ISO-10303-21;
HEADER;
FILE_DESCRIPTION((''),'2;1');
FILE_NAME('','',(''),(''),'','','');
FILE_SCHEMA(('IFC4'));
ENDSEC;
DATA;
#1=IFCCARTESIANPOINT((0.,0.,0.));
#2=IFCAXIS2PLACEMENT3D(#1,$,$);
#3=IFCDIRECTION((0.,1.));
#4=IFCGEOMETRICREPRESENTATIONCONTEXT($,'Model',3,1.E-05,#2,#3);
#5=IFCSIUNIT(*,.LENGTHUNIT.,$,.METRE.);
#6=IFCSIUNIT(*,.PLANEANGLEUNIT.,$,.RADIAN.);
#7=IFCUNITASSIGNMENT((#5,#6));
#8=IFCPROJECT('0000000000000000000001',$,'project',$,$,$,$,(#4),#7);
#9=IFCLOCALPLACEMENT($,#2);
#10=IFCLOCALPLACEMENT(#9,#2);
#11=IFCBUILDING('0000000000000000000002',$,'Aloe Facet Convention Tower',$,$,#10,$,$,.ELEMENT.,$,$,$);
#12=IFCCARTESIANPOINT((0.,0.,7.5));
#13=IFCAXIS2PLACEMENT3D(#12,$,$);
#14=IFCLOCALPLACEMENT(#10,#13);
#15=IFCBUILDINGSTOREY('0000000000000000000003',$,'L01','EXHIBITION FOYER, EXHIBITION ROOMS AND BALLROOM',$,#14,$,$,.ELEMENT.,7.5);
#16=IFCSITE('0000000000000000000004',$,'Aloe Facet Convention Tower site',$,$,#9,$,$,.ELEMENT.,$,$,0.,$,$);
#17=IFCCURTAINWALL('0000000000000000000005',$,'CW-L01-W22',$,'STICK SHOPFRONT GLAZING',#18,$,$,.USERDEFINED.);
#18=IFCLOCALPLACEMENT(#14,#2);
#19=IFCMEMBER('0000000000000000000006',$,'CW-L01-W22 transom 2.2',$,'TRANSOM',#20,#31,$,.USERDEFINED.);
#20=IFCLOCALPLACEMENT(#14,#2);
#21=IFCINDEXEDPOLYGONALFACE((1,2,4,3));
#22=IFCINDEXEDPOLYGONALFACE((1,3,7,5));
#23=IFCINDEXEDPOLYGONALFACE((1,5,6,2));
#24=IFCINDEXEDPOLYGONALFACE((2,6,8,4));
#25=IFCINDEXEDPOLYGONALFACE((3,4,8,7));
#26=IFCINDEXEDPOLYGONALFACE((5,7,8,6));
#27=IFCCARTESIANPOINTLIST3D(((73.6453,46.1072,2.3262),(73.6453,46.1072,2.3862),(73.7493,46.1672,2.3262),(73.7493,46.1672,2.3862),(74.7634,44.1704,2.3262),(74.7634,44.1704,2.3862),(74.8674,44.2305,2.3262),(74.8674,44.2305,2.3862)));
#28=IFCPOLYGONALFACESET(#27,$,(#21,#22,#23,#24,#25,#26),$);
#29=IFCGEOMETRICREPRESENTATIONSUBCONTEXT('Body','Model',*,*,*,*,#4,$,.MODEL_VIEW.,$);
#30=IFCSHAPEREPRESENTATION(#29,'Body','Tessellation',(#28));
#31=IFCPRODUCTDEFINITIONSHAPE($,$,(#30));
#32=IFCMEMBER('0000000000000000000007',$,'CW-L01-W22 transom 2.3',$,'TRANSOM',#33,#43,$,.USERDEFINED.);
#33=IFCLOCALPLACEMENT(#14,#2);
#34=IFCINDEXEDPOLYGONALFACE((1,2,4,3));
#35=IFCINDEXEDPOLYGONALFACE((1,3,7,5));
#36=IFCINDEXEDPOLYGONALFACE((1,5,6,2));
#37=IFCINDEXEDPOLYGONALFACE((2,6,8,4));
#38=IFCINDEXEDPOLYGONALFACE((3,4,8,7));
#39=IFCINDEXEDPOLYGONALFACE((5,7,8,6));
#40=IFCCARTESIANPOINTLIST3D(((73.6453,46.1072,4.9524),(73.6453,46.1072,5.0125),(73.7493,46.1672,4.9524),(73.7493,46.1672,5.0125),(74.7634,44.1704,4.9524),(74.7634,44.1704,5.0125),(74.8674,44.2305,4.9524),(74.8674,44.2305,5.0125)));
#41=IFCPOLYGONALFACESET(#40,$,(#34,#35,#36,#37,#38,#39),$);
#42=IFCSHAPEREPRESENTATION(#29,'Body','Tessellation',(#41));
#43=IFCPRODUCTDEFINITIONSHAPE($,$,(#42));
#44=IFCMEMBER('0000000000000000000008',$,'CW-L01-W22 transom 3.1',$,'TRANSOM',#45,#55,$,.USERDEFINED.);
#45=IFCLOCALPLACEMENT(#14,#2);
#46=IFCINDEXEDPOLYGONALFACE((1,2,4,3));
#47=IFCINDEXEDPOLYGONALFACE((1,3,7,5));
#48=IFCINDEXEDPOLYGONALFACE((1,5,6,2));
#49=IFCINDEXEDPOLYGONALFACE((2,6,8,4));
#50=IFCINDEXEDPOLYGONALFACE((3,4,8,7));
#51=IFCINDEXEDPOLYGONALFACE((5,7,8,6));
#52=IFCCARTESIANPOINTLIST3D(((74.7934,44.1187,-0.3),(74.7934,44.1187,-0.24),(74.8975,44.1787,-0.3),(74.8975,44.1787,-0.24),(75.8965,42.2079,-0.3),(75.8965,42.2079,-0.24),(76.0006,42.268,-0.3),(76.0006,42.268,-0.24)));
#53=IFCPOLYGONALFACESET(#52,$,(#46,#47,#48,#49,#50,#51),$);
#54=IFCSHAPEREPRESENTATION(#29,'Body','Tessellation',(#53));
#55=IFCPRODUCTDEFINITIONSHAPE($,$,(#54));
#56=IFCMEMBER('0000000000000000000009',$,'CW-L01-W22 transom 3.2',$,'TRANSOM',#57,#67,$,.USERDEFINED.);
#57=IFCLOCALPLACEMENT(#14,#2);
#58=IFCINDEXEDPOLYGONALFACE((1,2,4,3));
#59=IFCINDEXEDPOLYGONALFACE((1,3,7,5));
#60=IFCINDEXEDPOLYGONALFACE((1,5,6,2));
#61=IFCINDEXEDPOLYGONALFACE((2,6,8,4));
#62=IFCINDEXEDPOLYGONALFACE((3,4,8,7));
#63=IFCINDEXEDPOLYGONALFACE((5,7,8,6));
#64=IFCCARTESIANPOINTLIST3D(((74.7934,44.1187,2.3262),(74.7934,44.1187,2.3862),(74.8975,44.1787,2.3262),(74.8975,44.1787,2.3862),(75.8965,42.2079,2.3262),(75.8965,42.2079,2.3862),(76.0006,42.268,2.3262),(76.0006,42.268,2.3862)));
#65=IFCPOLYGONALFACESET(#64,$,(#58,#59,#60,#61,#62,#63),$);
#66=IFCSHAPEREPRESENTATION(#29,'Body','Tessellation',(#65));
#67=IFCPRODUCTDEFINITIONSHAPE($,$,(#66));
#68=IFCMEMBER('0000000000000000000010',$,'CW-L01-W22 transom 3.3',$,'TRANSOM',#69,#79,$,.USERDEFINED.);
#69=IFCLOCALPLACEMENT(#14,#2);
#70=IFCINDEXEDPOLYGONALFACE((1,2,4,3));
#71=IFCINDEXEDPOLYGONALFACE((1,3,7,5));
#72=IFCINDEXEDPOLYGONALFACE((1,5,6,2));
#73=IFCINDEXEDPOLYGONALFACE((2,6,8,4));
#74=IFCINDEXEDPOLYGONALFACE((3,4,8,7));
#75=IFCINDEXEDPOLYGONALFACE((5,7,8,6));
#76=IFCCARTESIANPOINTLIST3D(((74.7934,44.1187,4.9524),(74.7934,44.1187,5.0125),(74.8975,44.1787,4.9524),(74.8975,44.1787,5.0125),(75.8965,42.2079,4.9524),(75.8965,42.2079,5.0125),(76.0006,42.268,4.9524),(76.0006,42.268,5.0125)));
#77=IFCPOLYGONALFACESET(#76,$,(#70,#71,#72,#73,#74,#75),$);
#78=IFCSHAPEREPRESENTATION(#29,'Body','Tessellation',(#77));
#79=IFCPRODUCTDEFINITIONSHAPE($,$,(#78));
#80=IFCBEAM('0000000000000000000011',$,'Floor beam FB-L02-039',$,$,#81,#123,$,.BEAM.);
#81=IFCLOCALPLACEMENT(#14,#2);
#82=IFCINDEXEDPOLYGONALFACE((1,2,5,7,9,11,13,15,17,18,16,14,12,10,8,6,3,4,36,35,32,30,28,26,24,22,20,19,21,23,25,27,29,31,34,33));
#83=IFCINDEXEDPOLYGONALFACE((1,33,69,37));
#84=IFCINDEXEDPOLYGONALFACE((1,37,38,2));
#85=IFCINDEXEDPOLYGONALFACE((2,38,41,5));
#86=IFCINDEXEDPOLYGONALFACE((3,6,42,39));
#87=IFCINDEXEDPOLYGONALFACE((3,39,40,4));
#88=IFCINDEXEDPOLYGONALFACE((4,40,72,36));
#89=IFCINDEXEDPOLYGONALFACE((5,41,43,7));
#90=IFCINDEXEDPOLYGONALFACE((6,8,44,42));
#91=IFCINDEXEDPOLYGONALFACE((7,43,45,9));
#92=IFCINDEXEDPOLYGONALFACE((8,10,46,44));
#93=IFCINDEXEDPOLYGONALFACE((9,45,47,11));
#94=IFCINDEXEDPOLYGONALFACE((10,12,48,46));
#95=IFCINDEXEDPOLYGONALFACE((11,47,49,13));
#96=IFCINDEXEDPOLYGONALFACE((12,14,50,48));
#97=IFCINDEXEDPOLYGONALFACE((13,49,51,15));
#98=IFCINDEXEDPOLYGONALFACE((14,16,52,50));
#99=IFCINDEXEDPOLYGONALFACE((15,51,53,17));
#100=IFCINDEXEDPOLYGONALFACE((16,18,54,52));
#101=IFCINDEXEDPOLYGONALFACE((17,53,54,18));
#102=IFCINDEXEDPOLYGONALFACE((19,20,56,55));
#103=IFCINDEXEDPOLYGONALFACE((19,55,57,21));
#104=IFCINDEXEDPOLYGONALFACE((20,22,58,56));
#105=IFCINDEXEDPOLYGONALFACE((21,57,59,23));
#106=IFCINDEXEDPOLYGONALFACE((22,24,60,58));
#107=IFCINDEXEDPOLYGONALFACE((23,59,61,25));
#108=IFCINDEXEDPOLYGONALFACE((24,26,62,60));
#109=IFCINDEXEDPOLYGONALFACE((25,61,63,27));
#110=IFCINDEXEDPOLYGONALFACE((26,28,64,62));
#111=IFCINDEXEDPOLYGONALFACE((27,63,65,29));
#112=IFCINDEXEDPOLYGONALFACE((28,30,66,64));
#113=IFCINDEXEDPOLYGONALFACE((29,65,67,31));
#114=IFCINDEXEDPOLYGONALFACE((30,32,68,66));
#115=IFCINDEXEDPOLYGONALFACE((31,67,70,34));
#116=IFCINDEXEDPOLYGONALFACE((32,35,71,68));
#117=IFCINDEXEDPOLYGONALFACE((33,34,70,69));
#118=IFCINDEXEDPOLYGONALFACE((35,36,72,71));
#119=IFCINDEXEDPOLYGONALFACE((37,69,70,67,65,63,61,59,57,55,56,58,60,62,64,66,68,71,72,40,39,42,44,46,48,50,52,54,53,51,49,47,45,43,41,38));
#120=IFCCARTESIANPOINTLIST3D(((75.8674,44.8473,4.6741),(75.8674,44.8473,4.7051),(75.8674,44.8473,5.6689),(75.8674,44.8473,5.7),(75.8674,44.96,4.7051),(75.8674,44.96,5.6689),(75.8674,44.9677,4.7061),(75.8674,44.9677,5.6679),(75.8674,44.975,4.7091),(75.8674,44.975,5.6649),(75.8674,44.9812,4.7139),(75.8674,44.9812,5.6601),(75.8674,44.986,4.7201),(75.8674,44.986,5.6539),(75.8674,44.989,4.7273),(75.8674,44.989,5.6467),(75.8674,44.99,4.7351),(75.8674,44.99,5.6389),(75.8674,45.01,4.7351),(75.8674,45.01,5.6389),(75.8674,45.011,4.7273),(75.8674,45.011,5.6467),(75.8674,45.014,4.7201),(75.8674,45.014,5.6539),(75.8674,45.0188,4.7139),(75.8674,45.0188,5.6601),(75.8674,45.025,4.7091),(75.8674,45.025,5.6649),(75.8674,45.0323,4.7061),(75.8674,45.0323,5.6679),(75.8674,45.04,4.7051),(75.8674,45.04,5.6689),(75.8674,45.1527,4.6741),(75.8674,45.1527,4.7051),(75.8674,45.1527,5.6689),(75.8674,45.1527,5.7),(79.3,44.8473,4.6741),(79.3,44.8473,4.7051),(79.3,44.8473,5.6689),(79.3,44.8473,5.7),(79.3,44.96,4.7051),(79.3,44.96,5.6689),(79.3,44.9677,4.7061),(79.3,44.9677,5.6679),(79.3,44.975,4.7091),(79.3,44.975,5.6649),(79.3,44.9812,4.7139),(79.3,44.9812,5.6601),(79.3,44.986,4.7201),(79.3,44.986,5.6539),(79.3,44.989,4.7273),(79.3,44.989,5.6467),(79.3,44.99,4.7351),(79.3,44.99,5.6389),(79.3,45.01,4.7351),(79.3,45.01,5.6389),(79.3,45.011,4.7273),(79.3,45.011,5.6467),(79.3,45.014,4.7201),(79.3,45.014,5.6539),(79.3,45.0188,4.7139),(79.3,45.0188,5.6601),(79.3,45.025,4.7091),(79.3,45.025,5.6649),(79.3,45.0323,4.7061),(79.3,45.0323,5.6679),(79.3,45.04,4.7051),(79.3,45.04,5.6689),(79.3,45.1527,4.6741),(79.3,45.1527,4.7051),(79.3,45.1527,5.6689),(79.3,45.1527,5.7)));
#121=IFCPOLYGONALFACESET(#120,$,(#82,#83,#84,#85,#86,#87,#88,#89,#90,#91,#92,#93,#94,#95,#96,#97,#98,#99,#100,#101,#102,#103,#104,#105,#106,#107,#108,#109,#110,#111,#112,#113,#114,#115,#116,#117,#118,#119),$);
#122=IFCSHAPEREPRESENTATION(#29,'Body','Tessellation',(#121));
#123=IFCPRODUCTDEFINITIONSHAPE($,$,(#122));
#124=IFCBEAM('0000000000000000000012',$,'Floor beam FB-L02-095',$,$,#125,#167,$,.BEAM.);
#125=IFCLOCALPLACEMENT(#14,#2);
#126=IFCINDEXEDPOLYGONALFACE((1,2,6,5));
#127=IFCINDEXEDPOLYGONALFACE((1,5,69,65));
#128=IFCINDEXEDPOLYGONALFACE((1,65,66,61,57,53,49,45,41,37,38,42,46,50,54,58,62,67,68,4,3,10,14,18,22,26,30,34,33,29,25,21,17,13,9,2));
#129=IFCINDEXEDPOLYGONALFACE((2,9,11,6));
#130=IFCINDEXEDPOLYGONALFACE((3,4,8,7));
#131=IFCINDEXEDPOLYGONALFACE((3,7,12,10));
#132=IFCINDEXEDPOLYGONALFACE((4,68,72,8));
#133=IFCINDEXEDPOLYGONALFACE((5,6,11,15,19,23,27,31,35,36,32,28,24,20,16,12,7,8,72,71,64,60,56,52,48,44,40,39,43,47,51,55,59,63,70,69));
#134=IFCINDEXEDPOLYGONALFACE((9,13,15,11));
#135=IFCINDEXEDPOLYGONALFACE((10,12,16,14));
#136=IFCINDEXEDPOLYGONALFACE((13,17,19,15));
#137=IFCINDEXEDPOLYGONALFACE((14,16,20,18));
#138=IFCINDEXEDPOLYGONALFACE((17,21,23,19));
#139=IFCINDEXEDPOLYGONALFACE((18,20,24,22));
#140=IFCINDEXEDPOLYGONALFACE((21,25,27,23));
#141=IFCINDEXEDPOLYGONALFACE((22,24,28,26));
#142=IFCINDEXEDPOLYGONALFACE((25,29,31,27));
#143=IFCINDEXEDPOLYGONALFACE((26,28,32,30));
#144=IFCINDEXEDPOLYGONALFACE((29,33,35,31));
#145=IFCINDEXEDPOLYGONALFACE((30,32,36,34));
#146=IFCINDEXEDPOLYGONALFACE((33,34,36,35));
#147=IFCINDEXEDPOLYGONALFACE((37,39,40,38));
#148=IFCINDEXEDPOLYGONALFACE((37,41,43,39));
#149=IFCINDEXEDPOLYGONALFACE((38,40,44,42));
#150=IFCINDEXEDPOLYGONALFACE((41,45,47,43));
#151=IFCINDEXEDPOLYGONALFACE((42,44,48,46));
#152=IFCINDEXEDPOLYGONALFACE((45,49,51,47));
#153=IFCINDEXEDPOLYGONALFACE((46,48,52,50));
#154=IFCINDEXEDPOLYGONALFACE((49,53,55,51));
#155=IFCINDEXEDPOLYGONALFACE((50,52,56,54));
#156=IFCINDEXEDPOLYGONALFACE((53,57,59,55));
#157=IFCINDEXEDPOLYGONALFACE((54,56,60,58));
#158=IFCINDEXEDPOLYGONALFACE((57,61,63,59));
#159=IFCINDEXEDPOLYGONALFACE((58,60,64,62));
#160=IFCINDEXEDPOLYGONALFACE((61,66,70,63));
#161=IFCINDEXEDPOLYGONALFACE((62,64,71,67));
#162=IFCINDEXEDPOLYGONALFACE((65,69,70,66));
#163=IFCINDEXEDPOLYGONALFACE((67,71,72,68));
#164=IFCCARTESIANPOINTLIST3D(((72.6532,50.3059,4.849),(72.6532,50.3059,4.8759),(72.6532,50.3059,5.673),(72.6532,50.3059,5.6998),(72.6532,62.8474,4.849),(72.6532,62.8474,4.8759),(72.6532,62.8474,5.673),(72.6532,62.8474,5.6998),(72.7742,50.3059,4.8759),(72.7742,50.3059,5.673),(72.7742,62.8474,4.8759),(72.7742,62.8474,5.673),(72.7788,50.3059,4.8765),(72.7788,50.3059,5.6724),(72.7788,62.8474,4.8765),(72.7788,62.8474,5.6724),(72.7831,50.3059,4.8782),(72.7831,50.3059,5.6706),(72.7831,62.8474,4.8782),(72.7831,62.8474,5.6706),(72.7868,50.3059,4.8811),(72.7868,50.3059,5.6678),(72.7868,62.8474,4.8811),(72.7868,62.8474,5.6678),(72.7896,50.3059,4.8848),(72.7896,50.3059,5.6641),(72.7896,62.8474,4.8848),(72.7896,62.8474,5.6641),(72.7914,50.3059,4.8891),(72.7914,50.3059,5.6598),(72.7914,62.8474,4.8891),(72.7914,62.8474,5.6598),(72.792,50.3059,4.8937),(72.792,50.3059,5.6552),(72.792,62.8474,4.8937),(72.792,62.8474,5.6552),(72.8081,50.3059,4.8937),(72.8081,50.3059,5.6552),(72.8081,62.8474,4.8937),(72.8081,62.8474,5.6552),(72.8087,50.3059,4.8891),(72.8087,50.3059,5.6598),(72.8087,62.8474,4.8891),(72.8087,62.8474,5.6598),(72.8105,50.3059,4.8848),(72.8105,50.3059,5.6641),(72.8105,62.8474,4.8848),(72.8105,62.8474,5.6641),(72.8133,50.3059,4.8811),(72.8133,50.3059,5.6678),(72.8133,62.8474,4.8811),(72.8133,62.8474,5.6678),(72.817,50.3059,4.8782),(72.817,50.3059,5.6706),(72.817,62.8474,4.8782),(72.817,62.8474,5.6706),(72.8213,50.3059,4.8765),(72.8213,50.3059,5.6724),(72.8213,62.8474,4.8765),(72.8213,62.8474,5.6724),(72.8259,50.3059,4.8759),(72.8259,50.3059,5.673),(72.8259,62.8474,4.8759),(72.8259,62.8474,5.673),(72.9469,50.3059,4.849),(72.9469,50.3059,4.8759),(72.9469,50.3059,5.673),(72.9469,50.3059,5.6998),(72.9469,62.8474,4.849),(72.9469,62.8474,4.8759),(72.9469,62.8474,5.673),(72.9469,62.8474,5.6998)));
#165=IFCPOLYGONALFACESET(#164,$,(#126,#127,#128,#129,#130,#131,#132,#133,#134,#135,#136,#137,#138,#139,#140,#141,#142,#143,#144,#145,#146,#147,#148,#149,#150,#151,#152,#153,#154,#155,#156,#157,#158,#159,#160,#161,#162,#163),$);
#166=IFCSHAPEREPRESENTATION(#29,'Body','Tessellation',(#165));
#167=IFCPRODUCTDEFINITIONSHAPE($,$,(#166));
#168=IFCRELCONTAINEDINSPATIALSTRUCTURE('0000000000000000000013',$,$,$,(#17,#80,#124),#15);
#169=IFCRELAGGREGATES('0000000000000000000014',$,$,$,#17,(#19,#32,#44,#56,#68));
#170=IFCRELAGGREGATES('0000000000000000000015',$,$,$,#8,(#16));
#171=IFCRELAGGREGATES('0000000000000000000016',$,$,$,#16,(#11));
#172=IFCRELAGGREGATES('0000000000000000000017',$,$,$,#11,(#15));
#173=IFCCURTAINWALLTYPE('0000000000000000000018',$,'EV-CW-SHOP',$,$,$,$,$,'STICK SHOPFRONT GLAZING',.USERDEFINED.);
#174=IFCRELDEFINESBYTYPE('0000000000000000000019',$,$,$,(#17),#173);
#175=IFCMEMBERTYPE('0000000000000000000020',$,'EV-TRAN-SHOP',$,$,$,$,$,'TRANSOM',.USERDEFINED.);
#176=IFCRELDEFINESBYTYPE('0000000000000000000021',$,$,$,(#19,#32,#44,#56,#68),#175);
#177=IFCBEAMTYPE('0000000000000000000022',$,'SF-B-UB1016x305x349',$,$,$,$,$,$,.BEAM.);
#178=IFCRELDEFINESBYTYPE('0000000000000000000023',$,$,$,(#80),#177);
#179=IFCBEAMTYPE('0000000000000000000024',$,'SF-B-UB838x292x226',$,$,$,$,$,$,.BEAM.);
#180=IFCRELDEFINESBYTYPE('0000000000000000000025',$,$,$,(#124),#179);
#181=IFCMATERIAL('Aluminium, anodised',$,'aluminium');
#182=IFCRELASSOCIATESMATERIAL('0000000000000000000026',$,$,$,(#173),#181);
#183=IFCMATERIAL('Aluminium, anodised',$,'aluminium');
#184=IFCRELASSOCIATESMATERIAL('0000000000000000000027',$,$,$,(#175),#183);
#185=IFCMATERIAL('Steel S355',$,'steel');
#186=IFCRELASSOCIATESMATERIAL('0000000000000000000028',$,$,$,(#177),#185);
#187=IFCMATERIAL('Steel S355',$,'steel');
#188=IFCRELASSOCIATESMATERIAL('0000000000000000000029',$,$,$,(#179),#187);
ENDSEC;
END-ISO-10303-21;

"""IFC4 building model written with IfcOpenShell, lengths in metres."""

from ifc_helpers import new_model, si_unit, direction, frame, origin, origin_2d, place, context, subcontext, project, spatial, rectangle, i_section, extrude, material, material_profile, profile_set, type_object, element, aggregate, save


model = new_model("IFC4")

# Units and contexts
model_context = context("Model", 3, precision=1e-05, world=origin(), true_north=direction((0.0, 1.0)))
body_context = subcontext(model_context, "Body", "Model", "MODEL_VIEW")
ifc_project = project(units=[si_unit("LENGTHUNIT", "METRE"), si_unit("PLANEANGLEUNIT", "RADIAN")], contexts=[model_context])

# Site, building, storey
site_placement = place(None, origin())
site = spatial("IfcSite", under=ifc_project, at=site_placement, Name="Aloe Facet Convention Tower site", CompositionType="ELEMENT", RefElevation=0.0)
building_placement = place(site_placement, origin())
building = spatial("IfcBuilding", under=site, at=building_placement, Name="Aloe Facet Convention Tower", CompositionType="ELEMENT")
storey_placement = place(building_placement, frame((0.0, 0.0, 7.5)))
storey = spatial("IfcBuildingStorey", under=building, at=storey_placement, Name="L01", Description="EXHIBITION FOYER, EXHIBITION ROOMS AND BALLROOM", CompositionType="ELEMENT", Elevation=7.5)

# Curtain wall
ifc_material_1 = material(Name="Aluminium, anodised", Category="aluminium")
curtain_wall_type = type_object("IfcCurtainWallType", Name="EV-CW-SHOP", ElementType="STICK SHOPFRONT GLAZING", PredefinedType="USERDEFINED", material=ifc_material_1)
curtain_wall_1_placement = place(storey_placement, origin())
curtain_wall_1 = element("IfcCurtainWall", 1, at=curtain_wall_1_placement, inside=storey, type_object=curtain_wall_type, Name="CW-L01-W22", ObjectType="STICK SHOPFRONT GLAZING", PredefinedType="USERDEFINED")

# Members
ifc_material_2 = material(Name="Aluminium, anodised", Category="aluminium")
ifc_material_profile_1 = material_profile(ifc_material_2, rectangle(XDim=0.1201, YDim=0.0601, at=origin_2d()), Name="AL 120x60")
ifc_profile_set_1 = profile_set([ifc_material_profile_1], Name="Aluminium, anodised")
member_type_1 = type_object("IfcMemberType", Name="EV-TRAN-SHOP", ElementType="TRANSOM", PredefinedType="USERDEFINED", material=ifc_profile_set_1)
member_1_placement = place(storey_placement, frame((73.6973, 46.1372, 2.3562), z_axis=(0.49999, -0.866031, 0.0), x_axis=(0.866031, 0.49999, 0.0)))
member_1 = element("IfcMember", 2, at=member_1_placement, type_object=member_type_1, Name="CW-L01-W22 transom 2.2", ObjectType="TRANSOM", PredefinedType="USERDEFINED", context=body_context, shape_type="SweptSolid", body=[
    extrude(rectangle(XDim=0.1201, YDim=0.0601, at=origin_2d()), origin(), (0.0, 0.0, 1.0), 2.2363),
])
member_2_placement = place(storey_placement, frame((73.6973, 46.1372, 4.9824), z_axis=(0.49999, -0.866031, 0.0), x_axis=(0.866031, 0.49999, 0.0)))
member_2 = element("IfcMember", 3, at=member_2_placement, type_object=member_type_1, Name="CW-L01-W22 transom 2.3", ObjectType="TRANSOM", PredefinedType="USERDEFINED", context=body_context, shape_type="SweptSolid", body=[
    extrude(rectangle(XDim=0.1201, YDim=0.0601, at=origin_2d()), origin(), (0.0, 0.0, 1.0), 2.2363),
])
member_3_placement = place(storey_placement, frame((74.8455, 44.1487, -0.27), z_axis=(0.499972, -0.866042, 0.0), x_axis=(0.866042, 0.499972, 0.0)))
member_3 = element("IfcMember", 4, at=member_3_placement, type_object=member_type_1, Name="CW-L01-W22 transom 3.1", ObjectType="TRANSOM", PredefinedType="USERDEFINED", context=body_context, shape_type="SweptSolid", body=[
    extrude(rectangle(XDim=0.1201, YDim=0.0601, at=origin_2d()), origin(), (0.0, 0.0, 1.0), 2.2063),
])
member_4_placement = place(storey_placement, frame((74.8455, 44.1487, 2.3562), z_axis=(0.499972, -0.866042, 0.0), x_axis=(0.866042, 0.499972, 0.0)))
member_4 = element("IfcMember", 5, at=member_4_placement, type_object=member_type_1, Name="CW-L01-W22 transom 3.2", ObjectType="TRANSOM", PredefinedType="USERDEFINED", context=body_context, shape_type="SweptSolid", body=[
    extrude(rectangle(XDim=0.1201, YDim=0.0601, at=origin_2d()), origin(), (0.0, 0.0, 1.0), 2.2063),
])
member_5_placement = place(storey_placement, frame((74.8455, 44.1487, 4.9824), z_axis=(0.499972, -0.866042, 0.0), x_axis=(0.866042, 0.499972, 0.0)))
member_5 = element("IfcMember", 6, at=member_5_placement, type_object=member_type_1, Name="CW-L01-W22 transom 3.3", ObjectType="TRANSOM", PredefinedType="USERDEFINED", context=body_context, shape_type="SweptSolid", body=[
    extrude(rectangle(XDim=0.1201, YDim=0.0601, at=origin_2d()), origin(), (0.0, 0.0, 1.0), 2.2063),
])

# Beams
ifc_material_3 = material(Name="Steel S355", Category="steel")
ifc_material_profile_2 = material_profile(ifc_material_3, i_section(OverallWidth=0.3054, OverallDepth=1.0259, WebThickness=0.02, FlangeThickness=0.031, FilletRadius=0.03, at=origin_2d()), Name="UB 1016x305x349")
ifc_profile_set_2 = profile_set([ifc_material_profile_2], Name="Steel S355")
beam_type_1 = type_object("IfcBeamType", Name="SF-B-UB1016x305x349", PredefinedType="BEAM", material=ifc_profile_set_2)
beam_1_placement = place(storey_placement, frame((75.8674, 45.0, 5.187), z_axis=(1.0, 0.0, 0.0), x_axis=(0.0, 1.0, 0.0)))
element("IfcBeam", 7, at=beam_1_placement, inside=storey, type_object=beam_type_1, Name="Floor beam FB-L02-039", PredefinedType="BEAM", context=body_context, shape_type="SweptSolid", body=[
    extrude(i_section(OverallWidth=0.3054, OverallDepth=1.0259, WebThickness=0.02, FlangeThickness=0.031, FilletRadius=0.03, at=origin_2d()), origin(), (0.0, 0.0, 1.0), 3.4326),
])
ifc_material_4 = material(Name="Steel S355", Category="steel")
ifc_material_profile_3 = material_profile(ifc_material_4, i_section(OverallWidth=0.2937, OverallDepth=0.8508, WebThickness=0.0161, FlangeThickness=0.0269, FilletRadius=0.0178, at=origin_2d()), Name="UB 838x292x226")
ifc_profile_set_3 = profile_set([ifc_material_profile_3], Name="Steel S355")
beam_type_2 = type_object("IfcBeamType", Name="SF-B-UB838x292x226", PredefinedType="BEAM", material=ifc_profile_set_3)
beam_2_placement = place(storey_placement, frame((72.8, 50.3059, 5.2744), z_axis=(0.0, 1.0, 0.0), x_axis=(-1.0, 0.0, 0.0)))
element("IfcBeam", 8, at=beam_2_placement, inside=storey, type_object=beam_type_2, Name="Floor beam FB-L02-095", PredefinedType="BEAM", context=body_context, shape_type="SweptSolid", body=[
    extrude(i_section(OverallWidth=0.2937, OverallDepth=0.8508, WebThickness=0.0161, FlangeThickness=0.0269, FilletRadius=0.0178, at=origin_2d()), origin(), (0.0, 0.0, 1.0), 12.5415),
])

aggregate(curtain_wall_1, [member_1, member_2, member_3, member_4, member_5])

save(model, "model.ifc")
